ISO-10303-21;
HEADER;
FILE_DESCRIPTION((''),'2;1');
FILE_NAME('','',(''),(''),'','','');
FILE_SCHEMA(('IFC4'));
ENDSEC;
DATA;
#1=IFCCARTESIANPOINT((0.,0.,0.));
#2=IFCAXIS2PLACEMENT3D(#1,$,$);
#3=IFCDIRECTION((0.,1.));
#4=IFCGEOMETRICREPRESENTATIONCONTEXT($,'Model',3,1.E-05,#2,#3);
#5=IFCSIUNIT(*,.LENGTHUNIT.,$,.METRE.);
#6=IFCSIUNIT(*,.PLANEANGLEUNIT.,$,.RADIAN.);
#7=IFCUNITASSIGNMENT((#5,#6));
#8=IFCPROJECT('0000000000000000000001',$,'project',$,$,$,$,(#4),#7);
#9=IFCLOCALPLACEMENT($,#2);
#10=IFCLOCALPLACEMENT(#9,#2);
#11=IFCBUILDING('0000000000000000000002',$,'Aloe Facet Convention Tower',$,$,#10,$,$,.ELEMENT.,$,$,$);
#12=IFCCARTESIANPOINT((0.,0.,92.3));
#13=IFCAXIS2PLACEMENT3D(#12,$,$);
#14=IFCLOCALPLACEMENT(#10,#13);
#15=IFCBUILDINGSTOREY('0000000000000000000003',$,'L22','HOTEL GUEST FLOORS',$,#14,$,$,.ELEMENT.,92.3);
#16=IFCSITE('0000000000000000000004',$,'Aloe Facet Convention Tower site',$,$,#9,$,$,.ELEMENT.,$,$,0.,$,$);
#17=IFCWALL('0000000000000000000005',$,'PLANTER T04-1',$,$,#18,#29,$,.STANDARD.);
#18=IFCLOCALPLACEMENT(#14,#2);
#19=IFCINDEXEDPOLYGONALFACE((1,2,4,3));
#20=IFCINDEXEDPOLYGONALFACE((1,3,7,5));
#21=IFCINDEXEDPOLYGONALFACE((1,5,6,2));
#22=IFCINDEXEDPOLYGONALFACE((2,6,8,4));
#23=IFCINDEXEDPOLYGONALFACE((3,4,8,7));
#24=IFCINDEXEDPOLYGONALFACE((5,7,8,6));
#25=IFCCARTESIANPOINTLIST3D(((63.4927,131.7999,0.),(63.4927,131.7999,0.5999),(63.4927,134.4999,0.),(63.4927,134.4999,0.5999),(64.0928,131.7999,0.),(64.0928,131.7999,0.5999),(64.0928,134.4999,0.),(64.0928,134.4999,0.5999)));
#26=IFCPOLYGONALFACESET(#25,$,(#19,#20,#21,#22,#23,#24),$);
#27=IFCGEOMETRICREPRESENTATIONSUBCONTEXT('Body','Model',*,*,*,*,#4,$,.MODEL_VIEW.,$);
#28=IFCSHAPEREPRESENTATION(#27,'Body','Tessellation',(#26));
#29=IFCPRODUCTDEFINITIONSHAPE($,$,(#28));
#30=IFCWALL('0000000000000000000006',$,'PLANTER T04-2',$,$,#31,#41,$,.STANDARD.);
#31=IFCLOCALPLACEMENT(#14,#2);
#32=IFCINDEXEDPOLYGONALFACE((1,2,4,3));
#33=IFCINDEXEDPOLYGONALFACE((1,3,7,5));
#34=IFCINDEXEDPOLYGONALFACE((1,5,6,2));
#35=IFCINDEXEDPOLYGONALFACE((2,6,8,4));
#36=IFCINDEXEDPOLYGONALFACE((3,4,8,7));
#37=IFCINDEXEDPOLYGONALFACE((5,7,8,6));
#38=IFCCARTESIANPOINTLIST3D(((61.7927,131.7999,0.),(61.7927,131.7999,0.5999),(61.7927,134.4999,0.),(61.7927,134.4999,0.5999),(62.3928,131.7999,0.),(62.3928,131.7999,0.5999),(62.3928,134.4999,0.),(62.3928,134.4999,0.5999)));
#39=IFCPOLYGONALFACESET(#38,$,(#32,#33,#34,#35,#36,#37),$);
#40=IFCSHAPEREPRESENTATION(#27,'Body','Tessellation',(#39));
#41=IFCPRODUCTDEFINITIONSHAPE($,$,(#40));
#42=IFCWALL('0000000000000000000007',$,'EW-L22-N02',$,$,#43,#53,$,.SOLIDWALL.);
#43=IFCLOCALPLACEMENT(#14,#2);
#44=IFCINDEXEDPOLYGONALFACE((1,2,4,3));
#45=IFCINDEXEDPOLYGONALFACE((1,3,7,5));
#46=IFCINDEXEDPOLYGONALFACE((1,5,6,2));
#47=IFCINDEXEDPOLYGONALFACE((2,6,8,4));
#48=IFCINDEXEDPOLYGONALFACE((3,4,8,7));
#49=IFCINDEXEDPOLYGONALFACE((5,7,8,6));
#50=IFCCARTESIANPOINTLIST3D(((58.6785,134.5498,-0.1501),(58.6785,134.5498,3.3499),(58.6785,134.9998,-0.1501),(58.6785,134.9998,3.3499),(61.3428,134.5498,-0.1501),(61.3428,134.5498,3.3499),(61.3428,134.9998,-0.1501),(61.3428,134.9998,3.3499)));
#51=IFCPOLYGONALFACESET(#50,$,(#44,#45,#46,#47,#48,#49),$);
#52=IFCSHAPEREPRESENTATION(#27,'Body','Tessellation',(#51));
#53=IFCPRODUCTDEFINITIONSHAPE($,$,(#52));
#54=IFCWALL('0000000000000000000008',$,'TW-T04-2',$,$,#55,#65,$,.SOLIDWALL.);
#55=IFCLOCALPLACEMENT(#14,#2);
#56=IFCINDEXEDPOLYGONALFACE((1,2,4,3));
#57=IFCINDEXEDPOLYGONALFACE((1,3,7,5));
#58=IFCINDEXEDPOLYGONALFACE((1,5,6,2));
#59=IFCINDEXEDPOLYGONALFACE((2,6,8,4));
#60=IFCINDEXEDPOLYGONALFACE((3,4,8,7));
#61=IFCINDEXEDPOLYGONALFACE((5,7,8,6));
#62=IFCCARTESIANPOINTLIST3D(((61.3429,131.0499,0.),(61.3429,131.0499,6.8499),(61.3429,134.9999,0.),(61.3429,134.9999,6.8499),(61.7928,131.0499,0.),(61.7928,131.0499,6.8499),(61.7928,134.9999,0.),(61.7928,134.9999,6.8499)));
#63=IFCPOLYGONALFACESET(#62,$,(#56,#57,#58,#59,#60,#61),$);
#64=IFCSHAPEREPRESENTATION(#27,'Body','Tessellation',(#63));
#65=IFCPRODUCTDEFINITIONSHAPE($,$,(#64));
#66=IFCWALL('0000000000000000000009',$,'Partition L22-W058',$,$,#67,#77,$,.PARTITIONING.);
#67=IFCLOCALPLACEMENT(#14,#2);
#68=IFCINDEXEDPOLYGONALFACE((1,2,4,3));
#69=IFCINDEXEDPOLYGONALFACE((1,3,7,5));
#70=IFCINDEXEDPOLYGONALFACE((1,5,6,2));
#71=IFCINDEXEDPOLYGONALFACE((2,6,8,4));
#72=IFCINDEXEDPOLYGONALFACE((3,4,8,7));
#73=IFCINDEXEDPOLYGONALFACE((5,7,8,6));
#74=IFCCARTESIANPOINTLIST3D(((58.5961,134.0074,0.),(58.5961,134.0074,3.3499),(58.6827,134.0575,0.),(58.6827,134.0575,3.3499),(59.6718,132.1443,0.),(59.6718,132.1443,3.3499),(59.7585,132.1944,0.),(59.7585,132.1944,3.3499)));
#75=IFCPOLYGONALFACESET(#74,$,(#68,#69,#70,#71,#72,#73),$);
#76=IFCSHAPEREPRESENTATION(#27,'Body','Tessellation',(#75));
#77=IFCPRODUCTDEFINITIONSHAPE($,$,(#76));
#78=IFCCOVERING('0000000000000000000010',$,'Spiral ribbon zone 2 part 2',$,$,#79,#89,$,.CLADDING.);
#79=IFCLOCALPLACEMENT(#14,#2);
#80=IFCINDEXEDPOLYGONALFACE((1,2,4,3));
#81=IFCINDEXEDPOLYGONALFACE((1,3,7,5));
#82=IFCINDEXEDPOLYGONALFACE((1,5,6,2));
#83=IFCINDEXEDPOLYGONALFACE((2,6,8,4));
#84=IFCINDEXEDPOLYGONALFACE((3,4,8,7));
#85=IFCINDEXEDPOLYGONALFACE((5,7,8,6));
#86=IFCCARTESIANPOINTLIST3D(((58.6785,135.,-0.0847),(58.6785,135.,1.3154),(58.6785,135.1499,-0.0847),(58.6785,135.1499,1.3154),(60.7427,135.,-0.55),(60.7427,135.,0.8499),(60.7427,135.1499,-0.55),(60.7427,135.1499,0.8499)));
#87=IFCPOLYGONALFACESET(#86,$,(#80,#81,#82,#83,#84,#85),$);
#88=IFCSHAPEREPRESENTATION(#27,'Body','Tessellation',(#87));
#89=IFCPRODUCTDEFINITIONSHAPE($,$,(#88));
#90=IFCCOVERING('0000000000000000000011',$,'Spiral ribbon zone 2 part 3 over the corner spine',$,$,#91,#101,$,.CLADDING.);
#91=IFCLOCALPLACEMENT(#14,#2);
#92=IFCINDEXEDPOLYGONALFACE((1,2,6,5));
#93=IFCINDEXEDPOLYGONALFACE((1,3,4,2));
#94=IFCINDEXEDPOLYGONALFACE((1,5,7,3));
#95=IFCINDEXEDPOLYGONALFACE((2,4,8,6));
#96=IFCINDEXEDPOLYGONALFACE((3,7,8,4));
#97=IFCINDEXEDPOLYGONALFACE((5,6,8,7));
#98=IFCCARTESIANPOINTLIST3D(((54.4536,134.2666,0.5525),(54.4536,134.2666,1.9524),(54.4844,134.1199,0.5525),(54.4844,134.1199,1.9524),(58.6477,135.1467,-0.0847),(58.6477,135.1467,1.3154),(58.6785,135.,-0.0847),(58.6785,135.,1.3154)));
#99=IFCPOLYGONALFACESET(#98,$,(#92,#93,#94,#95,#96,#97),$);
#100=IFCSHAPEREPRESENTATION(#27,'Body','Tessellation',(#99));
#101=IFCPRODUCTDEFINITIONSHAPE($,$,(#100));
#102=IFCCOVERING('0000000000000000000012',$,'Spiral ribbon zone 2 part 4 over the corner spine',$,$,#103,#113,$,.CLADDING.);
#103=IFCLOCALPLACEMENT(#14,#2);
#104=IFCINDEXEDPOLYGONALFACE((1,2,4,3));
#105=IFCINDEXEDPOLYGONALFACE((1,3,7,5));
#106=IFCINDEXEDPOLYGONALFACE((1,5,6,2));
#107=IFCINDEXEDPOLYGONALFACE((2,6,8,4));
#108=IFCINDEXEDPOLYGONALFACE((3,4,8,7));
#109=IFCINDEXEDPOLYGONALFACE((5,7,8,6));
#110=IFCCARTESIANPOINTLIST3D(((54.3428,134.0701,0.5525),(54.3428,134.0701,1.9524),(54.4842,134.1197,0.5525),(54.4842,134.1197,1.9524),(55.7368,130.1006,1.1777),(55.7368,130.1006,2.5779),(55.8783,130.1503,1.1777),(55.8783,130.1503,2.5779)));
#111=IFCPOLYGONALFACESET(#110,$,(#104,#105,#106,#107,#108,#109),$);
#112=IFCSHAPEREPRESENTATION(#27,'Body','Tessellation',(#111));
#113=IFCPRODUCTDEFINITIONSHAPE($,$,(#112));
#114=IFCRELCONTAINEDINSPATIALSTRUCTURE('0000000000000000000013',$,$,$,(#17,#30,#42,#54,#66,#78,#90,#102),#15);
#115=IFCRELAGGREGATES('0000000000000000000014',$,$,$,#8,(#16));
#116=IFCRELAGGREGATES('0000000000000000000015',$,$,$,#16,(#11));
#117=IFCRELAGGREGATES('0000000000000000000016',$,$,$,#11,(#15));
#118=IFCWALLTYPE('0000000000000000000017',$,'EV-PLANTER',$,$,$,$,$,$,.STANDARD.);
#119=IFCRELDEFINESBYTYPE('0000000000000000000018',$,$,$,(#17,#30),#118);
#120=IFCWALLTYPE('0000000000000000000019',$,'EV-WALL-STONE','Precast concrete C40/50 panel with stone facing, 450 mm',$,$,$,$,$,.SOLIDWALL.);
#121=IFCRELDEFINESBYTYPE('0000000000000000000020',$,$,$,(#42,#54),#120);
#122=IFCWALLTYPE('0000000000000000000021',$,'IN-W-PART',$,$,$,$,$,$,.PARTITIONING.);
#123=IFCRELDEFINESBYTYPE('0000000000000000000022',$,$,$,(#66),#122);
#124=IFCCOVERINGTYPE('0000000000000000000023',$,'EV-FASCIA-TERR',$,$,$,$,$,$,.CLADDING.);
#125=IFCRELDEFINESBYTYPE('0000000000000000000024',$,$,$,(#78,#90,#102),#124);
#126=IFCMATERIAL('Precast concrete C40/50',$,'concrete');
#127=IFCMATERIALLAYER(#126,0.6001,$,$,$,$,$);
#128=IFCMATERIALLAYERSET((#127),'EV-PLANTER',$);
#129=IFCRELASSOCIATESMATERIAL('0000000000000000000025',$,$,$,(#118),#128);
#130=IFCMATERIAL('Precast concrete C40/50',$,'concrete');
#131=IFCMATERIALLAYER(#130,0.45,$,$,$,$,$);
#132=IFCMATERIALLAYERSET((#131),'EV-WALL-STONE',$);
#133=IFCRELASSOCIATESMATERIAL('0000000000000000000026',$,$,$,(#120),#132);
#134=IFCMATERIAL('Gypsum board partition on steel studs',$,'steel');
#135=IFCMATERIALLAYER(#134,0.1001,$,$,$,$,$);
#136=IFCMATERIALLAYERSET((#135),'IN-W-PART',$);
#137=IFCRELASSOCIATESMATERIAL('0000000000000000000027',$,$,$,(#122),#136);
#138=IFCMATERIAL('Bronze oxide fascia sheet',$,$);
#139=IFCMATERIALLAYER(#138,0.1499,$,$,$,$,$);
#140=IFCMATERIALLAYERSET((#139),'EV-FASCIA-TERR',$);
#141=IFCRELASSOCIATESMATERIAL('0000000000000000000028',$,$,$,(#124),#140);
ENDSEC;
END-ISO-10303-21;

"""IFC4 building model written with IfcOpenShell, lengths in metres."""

from ifc_helpers import new_model, si_unit, direction, frame, frame_2d, origin, place, context, subcontext, project, spatial, polyline, rectangle, outline, extrude, material, layer, layer_set, type_object, element, save


model = new_model("IFC4")

# Units and contexts
model_context = context("Model", 3, precision=1e-05, world=origin(), true_north=direction((0.0, 1.0)))
body_context = subcontext(model_context, "Body", "Model", "MODEL_VIEW")
ifc_project = project(units=[si_unit("LENGTHUNIT", "METRE"), si_unit("PLANEANGLEUNIT", "RADIAN")], contexts=[model_context])

# Site, building, storey
site_placement = place(None, origin())
site = spatial("IfcSite", under=ifc_project, at=site_placement, Name="Aloe Facet Convention Tower site", CompositionType="ELEMENT", RefElevation=0.0)
building_placement = place(site_placement, origin())
building = spatial("IfcBuilding", under=site, at=building_placement, Name="Aloe Facet Convention Tower", CompositionType="ELEMENT")
storey_placement = place(building_placement, frame((0.0, 0.0, 92.3)))
storey = spatial("IfcBuildingStorey", under=building, at=storey_placement, Name="L22", Description="HOTEL GUEST FLOORS", CompositionType="ELEMENT", Elevation=92.3)

# Walls
ifc_material_1 = material(Name="Precast concrete C40/50", Category="concrete")
ifc_layer_1 = layer(ifc_material_1, 0.6001)
ifc_layer_set_1 = layer_set([ifc_layer_1], Name="EV-PLANTER")
wall_type_1 = type_object("IfcWallType", Name="EV-PLANTER", PredefinedType="STANDARD", material=ifc_layer_set_1)
for number, where, z_axis, x_axis, name in (
    (1, (63.7927, 134.5, 0.0), (0.0, 0.0, 1.0), (0.0, -1.0, 0.0), "PLANTER T04-1"),
    (2, (62.0928, 134.5, 0.0), (0.0, 0.0, 1.0), (0.0, -1.0, 0.0), "PLANTER T04-2"),
):
    element("IfcWall", number, at=place(storey_placement, frame(where, z_axis=z_axis, x_axis=x_axis)), inside=storey, type_object=wall_type_1, Name=name, PredefinedType="STANDARD", context=body_context, shape_type="SweptSolid", body=[
        extrude(rectangle(XDim=2.7, YDim=0.6001, at=frame_2d((1.3501, 0.0))), origin(), (0.0, 0.0, 1.0), 0.5999),
    ])
ifc_material_2 = material(Name="Precast concrete C40/50", Category="concrete")
ifc_layer_2 = layer(ifc_material_2, 0.45)
ifc_layer_set_2 = layer_set([ifc_layer_2], Name="EV-WALL-STONE")
wall_type_2 = type_object("IfcWallType", Name="EV-WALL-STONE", Description="Precast concrete C40/50 panel with stone facing, 450 mm", PredefinedType="SOLIDWALL", material=ifc_layer_set_2)
wall_1_placement = place(storey_placement, frame((61.3428, 134.7749, -0.1501), z_axis=(0.0, 0.0, 1.0), x_axis=(-1.0, 0.0, 0.0)))
element("IfcWall", 3, at=wall_1_placement, inside=storey, type_object=wall_type_2, Name="EW-L22-N02", PredefinedType="SOLIDWALL", context=body_context, shape_type="SweptSolid", body=[
    extrude(outline(polyline([(2.6643, 3.5), (2.6643, 0.0), (0.0, 0.0), (0.0, 3.5), (2.6643, 3.5)])), frame((0.0, 0.2251, 0.0), z_axis=(0.0, -1.0, 0.0), x_axis=(1.0, 0.0, 0.0)), (0.0, 0.0, 1.0), 0.45),
])
wall_2_placement = place(storey_placement, frame((61.5679, 135.0, 0.0), z_axis=(0.0, 0.0, 1.0), x_axis=(0.0, -1.0, 0.0)))
element("IfcWall", 4, at=wall_2_placement, inside=storey, type_object=wall_type_2, Name="TW-T04-2", PredefinedType="SOLIDWALL", context=body_context, shape_type="SweptSolid", body=[
    extrude(rectangle(XDim=3.95, YDim=0.45, at=frame_2d((1.9751, 0.0))), origin(), (0.0, 0.0, 1.0), 6.8499),
])
ifc_material_3 = material(Name="Gypsum board partition on steel studs", Category="steel")
ifc_layer_3 = layer(ifc_material_3, 0.1001)
ifc_layer_set_3 = layer_set([ifc_layer_3], Name="IN-W-PART")
wall_type_3 = type_object("IfcWallType", Name="IN-W-PART", PredefinedType="PARTITIONING", material=ifc_layer_set_3)
wall_3_placement = place(storey_placement, frame((58.6394, 134.0325, 0.0), z_axis=(0.0, 0.0, 1.0), x_axis=(0.50002, -0.866014, 0.0)))
element("IfcWall", 5, at=wall_3_placement, inside=storey, type_object=wall_type_3, Name="Partition L22-W058", PredefinedType="PARTITIONING", context=body_context, shape_type="SweptSolid", body=[
    extrude(rectangle(XDim=2.1514, YDim=0.1001, at=frame_2d((1.0757, 0.0))), origin(), (0.0, 0.0, 1.0), 3.3499),
])

# Coverings
ifc_material_4 = material(Name="Bronze oxide fascia sheet")
ifc_layer_4 = layer(ifc_material_4, 0.1499)
ifc_layer_set_4 = layer_set([ifc_layer_4], Name="EV-FASCIA-TERR")
covering_type = type_object("IfcCoveringType", Name="EV-FASCIA-TERR", PredefinedType="CLADDING", material=ifc_layer_set_4)
covering_1_placement = place(storey_placement, frame((60.7427, 135.1499, -0.55), z_axis=(0.0, 1.0, 0.0), x_axis=(-0.97552, 0.0, 0.21991)))
element("IfcCovering", 6, at=covering_1_placement, inside=storey, type_object=covering_type, Name="Spiral ribbon zone 2 part 2", PredefinedType="CLADDING", context=body_context, shape_type="SweptSolid", body=[
    extrude(outline(polyline([(0.0, 0.0), (2.116, 0.0), (2.4239, 1.3659), (0.3079, 1.3656), (0.0, 0.0)])), origin(), (0.0, 0.0, -1.0), 0.1499),
])
covering_2_placement = place(storey_placement, frame((58.6477, 135.1467, -0.0847), z_axis=(-0.205376, 0.978683, 0.0), x_axis=(-0.96804, -0.203143, 0.147074)))
element("IfcCovering", 7, at=covering_2_placement, inside=storey, type_object=covering_type, Name="Spiral ribbon zone 2 part 3 over the corner spine", PredefinedType="CLADDING", context=body_context, shape_type="SweptSolid", body=[
    extrude(outline(polyline([(0.0, 0.0), (4.3326, 0.0), (4.5384, 1.3847), (0.2059, 1.3849), (0.0, 0.0)])), origin(), (0.0, 0.0, -1.0), 0.1499),
])
covering_3_placement = place(storey_placement, frame((54.3428, 134.0701, 0.5525), z_axis=(-0.943508, -0.331351, 0.0), x_axis=(0.327751, -0.933258, 0.147)))
element("IfcCovering", 8, at=covering_3_placement, inside=storey, type_object=covering_type, Name="Spiral ribbon zone 2 part 4 over the corner spine", PredefinedType="CLADDING", context=body_context, shape_type="SweptSolid", body=[
    extrude(outline(polyline([(0.0, 0.0), (4.2534, 0.0), (4.4592, 1.3849), (0.2058, 1.3847), (0.0, 0.0)])), origin(), (0.0, 0.0, -1.0), 0.1499),
])

save(model, "model.ifc")
